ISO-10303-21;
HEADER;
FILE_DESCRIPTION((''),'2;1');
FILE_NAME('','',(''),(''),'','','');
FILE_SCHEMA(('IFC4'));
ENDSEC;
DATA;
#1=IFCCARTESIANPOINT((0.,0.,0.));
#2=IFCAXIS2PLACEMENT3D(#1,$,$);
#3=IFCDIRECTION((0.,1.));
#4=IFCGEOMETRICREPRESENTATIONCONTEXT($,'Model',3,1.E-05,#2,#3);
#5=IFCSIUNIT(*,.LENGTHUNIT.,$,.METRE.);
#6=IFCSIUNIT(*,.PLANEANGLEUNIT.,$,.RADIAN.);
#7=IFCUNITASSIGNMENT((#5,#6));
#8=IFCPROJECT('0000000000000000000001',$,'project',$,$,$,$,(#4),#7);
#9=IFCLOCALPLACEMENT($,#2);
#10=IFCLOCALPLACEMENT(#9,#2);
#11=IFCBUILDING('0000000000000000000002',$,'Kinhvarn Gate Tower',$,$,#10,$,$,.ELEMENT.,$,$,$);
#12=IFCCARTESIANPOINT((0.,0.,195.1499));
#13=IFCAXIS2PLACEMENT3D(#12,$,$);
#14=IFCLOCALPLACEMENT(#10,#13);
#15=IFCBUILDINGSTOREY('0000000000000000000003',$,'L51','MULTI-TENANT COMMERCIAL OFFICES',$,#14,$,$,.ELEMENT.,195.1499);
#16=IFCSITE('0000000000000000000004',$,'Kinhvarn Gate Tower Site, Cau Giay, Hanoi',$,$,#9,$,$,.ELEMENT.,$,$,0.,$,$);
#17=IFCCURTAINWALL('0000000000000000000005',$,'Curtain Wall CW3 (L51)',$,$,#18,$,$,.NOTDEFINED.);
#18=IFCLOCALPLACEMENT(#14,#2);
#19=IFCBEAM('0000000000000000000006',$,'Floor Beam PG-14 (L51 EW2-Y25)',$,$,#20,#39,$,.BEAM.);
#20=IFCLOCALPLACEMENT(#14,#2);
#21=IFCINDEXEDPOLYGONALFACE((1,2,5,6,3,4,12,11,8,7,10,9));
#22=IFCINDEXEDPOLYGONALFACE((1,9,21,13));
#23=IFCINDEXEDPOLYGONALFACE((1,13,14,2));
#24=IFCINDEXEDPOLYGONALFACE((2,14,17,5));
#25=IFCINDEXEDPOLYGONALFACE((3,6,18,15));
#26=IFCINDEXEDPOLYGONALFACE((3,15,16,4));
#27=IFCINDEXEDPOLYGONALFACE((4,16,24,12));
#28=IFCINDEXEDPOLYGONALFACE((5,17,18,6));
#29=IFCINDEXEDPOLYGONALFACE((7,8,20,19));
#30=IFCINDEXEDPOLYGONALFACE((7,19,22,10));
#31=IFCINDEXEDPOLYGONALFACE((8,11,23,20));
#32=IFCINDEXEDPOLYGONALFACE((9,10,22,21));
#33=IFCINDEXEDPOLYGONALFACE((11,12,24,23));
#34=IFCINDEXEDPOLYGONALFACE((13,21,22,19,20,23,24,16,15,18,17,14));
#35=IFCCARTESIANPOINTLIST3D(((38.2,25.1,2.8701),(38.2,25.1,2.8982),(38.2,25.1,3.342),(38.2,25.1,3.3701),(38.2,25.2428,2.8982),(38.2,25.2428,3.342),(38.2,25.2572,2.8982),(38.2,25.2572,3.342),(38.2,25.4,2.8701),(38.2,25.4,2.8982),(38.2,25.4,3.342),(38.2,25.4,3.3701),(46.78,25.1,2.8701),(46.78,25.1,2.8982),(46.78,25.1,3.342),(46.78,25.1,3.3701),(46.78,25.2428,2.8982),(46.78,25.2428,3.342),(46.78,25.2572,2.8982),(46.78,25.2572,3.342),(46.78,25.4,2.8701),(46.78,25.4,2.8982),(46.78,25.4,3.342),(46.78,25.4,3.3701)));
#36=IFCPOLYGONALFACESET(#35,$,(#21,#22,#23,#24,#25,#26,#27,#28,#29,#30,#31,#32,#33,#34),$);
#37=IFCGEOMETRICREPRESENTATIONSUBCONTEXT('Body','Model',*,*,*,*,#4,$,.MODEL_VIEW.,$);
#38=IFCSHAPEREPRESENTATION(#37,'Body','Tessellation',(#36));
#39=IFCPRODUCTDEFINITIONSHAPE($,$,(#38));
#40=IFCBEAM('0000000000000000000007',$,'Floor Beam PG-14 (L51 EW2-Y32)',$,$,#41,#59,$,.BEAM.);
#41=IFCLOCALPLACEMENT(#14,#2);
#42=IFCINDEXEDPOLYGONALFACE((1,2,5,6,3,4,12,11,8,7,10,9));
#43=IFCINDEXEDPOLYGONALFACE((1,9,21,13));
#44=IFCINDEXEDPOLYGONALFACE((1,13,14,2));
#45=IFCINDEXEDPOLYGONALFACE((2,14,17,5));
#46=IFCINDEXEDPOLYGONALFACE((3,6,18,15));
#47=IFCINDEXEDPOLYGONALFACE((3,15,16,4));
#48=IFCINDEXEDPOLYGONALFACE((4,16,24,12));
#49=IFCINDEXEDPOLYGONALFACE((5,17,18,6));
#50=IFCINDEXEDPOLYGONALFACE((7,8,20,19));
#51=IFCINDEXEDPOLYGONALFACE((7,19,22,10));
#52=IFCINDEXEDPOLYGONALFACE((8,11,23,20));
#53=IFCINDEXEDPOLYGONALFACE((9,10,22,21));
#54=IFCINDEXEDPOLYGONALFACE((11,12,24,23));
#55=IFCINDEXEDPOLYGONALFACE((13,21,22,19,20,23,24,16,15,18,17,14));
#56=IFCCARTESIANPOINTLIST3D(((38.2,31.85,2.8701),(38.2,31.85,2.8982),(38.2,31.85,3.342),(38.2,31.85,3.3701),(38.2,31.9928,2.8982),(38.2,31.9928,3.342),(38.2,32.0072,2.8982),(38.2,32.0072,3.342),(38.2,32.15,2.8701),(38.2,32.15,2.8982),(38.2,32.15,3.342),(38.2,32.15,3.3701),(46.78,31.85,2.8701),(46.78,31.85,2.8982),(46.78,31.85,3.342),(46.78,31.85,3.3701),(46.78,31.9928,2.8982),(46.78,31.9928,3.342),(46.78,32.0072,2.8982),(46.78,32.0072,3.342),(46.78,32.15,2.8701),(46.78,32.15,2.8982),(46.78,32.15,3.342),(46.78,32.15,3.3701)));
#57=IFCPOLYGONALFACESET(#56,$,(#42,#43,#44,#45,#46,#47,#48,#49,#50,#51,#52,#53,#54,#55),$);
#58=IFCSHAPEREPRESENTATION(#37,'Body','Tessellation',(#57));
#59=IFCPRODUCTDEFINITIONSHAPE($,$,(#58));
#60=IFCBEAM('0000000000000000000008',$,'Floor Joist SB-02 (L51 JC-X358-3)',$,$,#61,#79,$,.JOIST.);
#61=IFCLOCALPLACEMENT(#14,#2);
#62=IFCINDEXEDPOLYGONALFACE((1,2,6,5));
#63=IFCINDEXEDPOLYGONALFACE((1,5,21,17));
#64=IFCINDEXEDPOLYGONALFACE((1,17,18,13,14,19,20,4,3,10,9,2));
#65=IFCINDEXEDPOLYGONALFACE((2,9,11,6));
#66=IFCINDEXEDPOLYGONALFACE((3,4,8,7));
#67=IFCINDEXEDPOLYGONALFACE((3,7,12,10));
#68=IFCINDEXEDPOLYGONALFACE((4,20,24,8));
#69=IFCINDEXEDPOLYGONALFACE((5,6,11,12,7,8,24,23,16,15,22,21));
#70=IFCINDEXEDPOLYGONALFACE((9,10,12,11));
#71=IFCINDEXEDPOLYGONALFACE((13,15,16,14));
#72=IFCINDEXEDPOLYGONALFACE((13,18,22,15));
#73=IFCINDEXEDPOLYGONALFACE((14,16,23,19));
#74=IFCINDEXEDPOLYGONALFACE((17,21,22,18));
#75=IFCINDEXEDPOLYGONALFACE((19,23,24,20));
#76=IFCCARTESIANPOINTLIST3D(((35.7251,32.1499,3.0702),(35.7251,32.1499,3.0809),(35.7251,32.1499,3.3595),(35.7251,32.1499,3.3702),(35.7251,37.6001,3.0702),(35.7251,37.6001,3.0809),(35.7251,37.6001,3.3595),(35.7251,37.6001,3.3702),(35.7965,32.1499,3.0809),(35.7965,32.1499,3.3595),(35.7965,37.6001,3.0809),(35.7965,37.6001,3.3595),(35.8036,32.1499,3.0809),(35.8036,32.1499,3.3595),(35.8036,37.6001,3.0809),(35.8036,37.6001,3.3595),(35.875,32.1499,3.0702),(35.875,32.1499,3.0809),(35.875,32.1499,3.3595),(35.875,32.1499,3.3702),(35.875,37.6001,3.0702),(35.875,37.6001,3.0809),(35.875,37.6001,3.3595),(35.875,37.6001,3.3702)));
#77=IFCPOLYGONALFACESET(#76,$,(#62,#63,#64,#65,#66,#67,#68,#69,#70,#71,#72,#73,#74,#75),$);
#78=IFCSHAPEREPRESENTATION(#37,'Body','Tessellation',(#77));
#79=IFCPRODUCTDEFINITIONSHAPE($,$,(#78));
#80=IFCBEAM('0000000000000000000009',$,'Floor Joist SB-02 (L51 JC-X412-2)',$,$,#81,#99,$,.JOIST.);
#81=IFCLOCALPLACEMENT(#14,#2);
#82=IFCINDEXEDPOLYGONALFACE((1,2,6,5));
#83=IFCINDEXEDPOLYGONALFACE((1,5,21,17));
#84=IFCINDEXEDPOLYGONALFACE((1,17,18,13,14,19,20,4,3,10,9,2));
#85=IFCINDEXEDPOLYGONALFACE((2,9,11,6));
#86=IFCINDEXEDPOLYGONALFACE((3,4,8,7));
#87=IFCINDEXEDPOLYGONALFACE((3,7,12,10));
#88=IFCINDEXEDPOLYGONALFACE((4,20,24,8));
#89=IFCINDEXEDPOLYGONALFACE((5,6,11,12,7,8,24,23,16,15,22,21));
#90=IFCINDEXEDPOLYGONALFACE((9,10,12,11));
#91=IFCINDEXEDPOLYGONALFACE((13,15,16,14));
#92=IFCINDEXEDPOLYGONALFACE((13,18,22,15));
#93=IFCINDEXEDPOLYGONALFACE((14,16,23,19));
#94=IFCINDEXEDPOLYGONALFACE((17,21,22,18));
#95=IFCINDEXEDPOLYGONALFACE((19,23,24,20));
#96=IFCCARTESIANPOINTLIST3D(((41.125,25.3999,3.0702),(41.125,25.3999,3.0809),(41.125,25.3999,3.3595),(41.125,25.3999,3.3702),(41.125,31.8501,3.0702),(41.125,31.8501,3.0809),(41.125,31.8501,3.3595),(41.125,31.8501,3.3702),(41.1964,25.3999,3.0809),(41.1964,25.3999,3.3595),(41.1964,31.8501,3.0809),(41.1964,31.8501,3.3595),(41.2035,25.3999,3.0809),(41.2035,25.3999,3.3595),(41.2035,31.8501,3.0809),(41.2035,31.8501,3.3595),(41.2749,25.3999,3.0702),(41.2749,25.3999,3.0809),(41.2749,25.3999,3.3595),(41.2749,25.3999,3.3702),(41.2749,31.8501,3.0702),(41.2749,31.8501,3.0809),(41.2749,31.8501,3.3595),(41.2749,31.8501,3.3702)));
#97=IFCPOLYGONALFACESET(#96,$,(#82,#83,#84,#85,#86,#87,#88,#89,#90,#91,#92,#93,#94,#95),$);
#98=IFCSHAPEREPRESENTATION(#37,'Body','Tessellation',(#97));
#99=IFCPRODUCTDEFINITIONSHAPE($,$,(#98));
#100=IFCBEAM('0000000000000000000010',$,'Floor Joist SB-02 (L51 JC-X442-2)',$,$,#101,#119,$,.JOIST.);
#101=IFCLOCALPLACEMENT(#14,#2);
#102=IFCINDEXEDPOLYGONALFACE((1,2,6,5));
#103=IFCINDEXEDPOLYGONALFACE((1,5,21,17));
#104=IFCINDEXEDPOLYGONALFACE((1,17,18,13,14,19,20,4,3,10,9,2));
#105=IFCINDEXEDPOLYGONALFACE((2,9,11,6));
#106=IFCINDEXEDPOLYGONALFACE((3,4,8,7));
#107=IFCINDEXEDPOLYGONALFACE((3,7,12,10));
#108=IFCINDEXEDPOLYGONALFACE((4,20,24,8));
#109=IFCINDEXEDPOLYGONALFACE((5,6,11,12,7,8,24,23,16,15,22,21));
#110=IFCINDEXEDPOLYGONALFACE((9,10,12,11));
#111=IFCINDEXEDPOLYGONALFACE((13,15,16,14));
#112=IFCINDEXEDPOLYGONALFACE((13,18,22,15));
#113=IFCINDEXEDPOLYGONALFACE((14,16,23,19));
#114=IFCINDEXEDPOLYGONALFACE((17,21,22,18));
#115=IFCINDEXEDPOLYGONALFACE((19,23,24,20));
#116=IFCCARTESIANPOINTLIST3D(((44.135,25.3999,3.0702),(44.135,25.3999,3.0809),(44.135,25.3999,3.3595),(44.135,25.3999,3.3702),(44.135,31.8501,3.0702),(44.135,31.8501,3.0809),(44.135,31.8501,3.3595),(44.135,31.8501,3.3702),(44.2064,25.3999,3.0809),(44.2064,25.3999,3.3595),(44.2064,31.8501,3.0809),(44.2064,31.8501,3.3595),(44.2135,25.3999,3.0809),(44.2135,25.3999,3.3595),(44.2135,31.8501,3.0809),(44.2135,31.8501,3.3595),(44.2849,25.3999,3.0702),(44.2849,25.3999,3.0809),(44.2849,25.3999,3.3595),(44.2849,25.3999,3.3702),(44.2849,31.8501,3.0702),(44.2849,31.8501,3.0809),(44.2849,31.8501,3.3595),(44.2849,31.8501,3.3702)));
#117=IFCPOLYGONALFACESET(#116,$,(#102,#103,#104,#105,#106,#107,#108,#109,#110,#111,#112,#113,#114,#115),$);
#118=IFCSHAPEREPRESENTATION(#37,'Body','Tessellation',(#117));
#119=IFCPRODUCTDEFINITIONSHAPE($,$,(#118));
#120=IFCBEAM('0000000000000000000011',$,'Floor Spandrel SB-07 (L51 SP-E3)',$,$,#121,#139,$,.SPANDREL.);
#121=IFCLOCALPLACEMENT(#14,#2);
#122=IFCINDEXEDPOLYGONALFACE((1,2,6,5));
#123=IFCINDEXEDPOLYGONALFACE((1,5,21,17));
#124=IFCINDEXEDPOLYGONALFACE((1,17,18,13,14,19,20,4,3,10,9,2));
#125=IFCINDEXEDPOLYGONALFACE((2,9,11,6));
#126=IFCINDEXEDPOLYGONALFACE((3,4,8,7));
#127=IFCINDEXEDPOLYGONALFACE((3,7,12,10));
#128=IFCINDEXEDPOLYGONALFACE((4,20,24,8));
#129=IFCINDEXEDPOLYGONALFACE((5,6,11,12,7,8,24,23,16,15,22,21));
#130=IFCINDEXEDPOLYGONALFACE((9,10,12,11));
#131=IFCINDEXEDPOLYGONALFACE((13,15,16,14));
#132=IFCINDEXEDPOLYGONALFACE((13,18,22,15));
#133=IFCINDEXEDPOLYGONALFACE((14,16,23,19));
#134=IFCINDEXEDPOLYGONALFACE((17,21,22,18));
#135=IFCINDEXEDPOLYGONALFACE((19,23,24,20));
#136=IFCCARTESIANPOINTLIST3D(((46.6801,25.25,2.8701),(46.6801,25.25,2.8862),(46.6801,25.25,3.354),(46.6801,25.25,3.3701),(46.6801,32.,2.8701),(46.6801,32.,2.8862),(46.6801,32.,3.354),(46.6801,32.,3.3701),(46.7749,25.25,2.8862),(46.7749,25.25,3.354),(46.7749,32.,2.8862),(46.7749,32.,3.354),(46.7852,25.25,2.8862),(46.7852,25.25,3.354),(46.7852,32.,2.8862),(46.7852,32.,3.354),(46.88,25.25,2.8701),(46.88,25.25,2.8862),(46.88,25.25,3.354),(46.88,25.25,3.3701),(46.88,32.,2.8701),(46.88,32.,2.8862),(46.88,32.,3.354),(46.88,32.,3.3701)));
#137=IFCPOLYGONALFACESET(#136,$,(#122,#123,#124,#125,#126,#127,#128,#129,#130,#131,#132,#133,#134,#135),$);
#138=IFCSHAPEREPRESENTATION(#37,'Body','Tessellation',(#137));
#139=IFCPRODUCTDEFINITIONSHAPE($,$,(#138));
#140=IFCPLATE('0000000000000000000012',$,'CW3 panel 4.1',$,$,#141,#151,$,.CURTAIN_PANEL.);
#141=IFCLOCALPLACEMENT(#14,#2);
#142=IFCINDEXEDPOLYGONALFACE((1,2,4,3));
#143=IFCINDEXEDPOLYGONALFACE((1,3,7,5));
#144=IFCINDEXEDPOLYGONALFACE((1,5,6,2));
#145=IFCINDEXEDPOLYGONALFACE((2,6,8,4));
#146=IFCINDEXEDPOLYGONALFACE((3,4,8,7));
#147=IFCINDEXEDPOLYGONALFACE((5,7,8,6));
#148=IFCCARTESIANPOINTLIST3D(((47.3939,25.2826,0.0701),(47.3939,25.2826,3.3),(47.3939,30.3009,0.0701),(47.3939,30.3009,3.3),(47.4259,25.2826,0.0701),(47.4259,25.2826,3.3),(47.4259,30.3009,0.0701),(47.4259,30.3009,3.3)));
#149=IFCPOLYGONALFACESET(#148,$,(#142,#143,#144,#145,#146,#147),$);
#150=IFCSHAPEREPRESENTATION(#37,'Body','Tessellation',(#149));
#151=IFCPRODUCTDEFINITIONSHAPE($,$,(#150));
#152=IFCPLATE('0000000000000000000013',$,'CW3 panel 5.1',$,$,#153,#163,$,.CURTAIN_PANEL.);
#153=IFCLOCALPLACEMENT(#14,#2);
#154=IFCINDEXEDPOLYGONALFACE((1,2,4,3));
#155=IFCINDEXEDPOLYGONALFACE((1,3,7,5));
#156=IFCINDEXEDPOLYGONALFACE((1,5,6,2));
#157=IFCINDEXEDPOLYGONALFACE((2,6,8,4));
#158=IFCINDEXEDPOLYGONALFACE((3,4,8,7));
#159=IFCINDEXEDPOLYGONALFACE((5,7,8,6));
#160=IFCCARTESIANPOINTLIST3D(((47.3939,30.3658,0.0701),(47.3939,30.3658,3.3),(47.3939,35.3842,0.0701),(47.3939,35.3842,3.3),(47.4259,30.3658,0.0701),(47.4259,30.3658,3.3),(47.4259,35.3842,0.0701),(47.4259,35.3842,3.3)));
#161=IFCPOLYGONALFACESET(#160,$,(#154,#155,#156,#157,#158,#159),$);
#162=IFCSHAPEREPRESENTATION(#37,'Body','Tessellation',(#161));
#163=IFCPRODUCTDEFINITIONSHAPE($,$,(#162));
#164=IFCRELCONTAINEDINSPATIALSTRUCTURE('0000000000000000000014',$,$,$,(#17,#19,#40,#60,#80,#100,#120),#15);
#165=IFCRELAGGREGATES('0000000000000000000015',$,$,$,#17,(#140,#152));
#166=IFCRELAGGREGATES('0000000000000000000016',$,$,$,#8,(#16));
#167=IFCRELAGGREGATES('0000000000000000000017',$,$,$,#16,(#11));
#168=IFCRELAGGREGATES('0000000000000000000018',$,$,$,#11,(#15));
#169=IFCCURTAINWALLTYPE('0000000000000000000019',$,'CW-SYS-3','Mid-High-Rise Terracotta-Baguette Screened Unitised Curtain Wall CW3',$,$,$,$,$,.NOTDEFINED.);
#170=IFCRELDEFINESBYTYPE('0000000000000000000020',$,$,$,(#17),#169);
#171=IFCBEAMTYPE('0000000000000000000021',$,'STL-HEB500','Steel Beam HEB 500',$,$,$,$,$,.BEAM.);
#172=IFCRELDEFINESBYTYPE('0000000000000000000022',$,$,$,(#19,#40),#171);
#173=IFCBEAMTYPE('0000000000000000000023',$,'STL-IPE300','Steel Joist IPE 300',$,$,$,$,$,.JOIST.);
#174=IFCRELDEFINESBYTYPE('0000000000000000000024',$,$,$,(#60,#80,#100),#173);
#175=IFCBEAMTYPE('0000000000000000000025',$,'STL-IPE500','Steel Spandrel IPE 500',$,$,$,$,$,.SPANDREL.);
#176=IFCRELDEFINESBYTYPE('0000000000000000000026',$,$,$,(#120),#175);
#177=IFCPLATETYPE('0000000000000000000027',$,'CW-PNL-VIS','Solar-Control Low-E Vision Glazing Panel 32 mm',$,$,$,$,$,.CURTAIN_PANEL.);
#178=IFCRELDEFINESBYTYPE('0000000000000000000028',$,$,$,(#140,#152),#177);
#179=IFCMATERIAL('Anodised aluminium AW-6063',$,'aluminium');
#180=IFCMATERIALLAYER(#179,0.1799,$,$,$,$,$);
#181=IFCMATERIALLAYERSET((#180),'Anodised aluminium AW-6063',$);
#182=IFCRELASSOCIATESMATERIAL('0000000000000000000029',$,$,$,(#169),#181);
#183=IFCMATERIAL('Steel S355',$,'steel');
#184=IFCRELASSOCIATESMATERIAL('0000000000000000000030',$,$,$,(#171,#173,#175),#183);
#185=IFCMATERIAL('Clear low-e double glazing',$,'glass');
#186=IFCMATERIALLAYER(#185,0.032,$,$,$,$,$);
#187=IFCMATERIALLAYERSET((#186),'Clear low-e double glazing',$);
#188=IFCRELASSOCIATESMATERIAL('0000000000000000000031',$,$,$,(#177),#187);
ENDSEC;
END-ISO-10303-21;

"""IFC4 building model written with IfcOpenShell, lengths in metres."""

from ifc_helpers import new_model, si_unit, direction, frame, origin, origin_2d, place, context, subcontext, project, spatial, rectangle, i_section, extrude, material, layer, layer_set, material_profile, profile_set, type_object, element, aggregate, save


model = new_model("IFC4")

# Units and contexts
model_context = context("Model", 3, precision=1e-05, world=origin(), true_north=direction((0.0, 1.0)))
body_context = subcontext(model_context, "Body", "Model", "MODEL_VIEW")
ifc_project = project(units=[si_unit("LENGTHUNIT", "METRE"), si_unit("PLANEANGLEUNIT", "RADIAN")], contexts=[model_context])

# Site, building, storey
site_placement = place(None, origin())
site = spatial("IfcSite", under=ifc_project, at=site_placement, Name="Kinhvarn Gate Tower Site, Cau Giay, Hanoi", CompositionType="ELEMENT", RefElevation=0.0)
building_placement = place(site_placement, origin())
building = spatial("IfcBuilding", under=site, at=building_placement, Name="Kinhvarn Gate Tower", CompositionType="ELEMENT")
storey_placement = place(building_placement, frame((0.0, 0.0, 195.1499)))
storey = spatial("IfcBuildingStorey", under=building, at=storey_placement, Name="L51", Description="MULTI-TENANT COMMERCIAL OFFICES", CompositionType="ELEMENT", Elevation=195.1499)

# Curtain wall
ifc_material_1 = material(Name="Anodised aluminium AW-6063", Category="aluminium")
ifc_layer_1 = layer(ifc_material_1, 0.1799)
ifc_layer_set_1 = layer_set([ifc_layer_1], Name="Anodised aluminium AW-6063")
curtain_wall_type = type_object("IfcCurtainWallType", Name="CW-SYS-3", Description="Mid-High-Rise Terracotta-Baguette Screened Unitised Curtain Wall CW3", PredefinedType="NOTDEFINED", material=ifc_layer_set_1)
curtain_wall_placement = place(storey_placement, origin())
curtain_wall = element("IfcCurtainWall", 1, at=curtain_wall_placement, inside=storey, type_object=curtain_wall_type, Name="Curtain Wall CW3 (L51)", PredefinedType="NOTDEFINED")

# Beams
ifc_material_2 = material(Name="Steel S355", Category="steel")
ifc_material_profile_1 = material_profile(ifc_material_2, i_section(OverallWidth=0.3, OverallDepth=0.5, WebThickness=0.0144, FlangeThickness=0.0281, at=origin_2d()), Name="HEB 500")
ifc_profile_set_1 = profile_set([ifc_material_profile_1], Name="Steel S355")
beam_type_1 = type_object("IfcBeamType", Name="STL-HEB500", Description="Steel Beam HEB 500", PredefinedType="BEAM", material=ifc_profile_set_1)
for number, where, z_axis, x_axis, name in (
    (2, (38.2, 25.25, 3.1201), (1.0, 0.0, 0.0), (0.0, 1.0, 0.0), "Floor Beam PG-14 (L51 EW2-Y25)"),
    (3, (38.2, 32.0, 3.1201), (1.0, 0.0, 0.0), (0.0, 1.0, 0.0), "Floor Beam PG-14 (L51 EW2-Y32)"),
):
    element("IfcBeam", number, at=place(storey_placement, frame(where, z_axis=z_axis, x_axis=x_axis)), inside=storey, type_object=beam_type_1, Name=name, PredefinedType="BEAM", context=body_context, shape_type="SweptSolid", body=[
        extrude(i_section(OverallWidth=0.3, OverallDepth=0.5, WebThickness=0.0144, FlangeThickness=0.0281, at=origin_2d()), origin(), (0.0, 0.0, 1.0), 8.5801),
    ])
ifc_material_profile_2 = material_profile(ifc_material_2, i_section(OverallWidth=0.1499, OverallDepth=0.3, WebThickness=0.0071, FlangeThickness=0.0107, at=origin_2d()), Name="IPE 300")
ifc_profile_set_2 = profile_set([ifc_material_profile_2], Name="Steel S355")
beam_type_2 = type_object("IfcBeamType", Name="STL-IPE300", Description="Steel Joist IPE 300", PredefinedType="JOIST", material=ifc_profile_set_2)
beam_1_placement = place(storey_placement, frame((35.8, 32.1499, 3.2202), z_axis=(0.0, 1.0, 0.0), x_axis=(-1.0, 0.0, 0.0)))
element("IfcBeam", 4, at=beam_1_placement, inside=storey, type_object=beam_type_2, Name="Floor Joist SB-02 (L51 JC-X358-3)", PredefinedType="JOIST", context=body_context, shape_type="SweptSolid", body=[
    extrude(i_section(OverallWidth=0.1499, OverallDepth=0.3, WebThickness=0.0071, FlangeThickness=0.0107, at=origin_2d()), origin(), (0.0, 0.0, 1.0), 5.4502),
])
for number, where, z_axis, x_axis, name in (
    (5, (41.2, 25.3999, 3.2202), (0.0, 1.0, 0.0), (-1.0, 0.0, 0.0), "Floor Joist SB-02 (L51 JC-X412-2)"),
    (6, (44.21, 25.3999, 3.2202), (0.0, 1.0, 0.0), (-1.0, 0.0, 0.0), "Floor Joist SB-02 (L51 JC-X442-2)"),
):
    element("IfcBeam", number, at=place(storey_placement, frame(where, z_axis=z_axis, x_axis=x_axis)), inside=storey, type_object=beam_type_2, Name=name, PredefinedType="JOIST", context=body_context, shape_type="SweptSolid", body=[
        extrude(i_section(OverallWidth=0.1499, OverallDepth=0.3, WebThickness=0.0071, FlangeThickness=0.0107, at=origin_2d()), origin(), (0.0, 0.0, 1.0), 6.4502),
    ])
ifc_material_profile_3 = material_profile(ifc_material_2, i_section(OverallWidth=0.2, OverallDepth=0.5, WebThickness=0.0103, FlangeThickness=0.0161, at=origin_2d()), Name="IPE 500")
ifc_profile_set_3 = profile_set([ifc_material_profile_3], Name="Steel S355")
beam_type_3 = type_object("IfcBeamType", Name="STL-IPE500", Description="Steel Spandrel IPE 500", PredefinedType="SPANDREL", material=ifc_profile_set_3)
beam_2_placement = place(storey_placement, frame((46.78, 25.25, 3.1201), z_axis=(0.0, 1.0, 0.0), x_axis=(-1.0, 0.0, 0.0)))
element("IfcBeam", 7, at=beam_2_placement, inside=storey, type_object=beam_type_3, Name="Floor Spandrel SB-07 (L51 SP-E3)", PredefinedType="SPANDREL", context=body_context, shape_type="SweptSolid", body=[
    extrude(i_section(OverallWidth=0.2, OverallDepth=0.5, WebThickness=0.0103, FlangeThickness=0.0161, at=origin_2d()), origin(), (0.0, 0.0, 1.0), 6.75),
])

# Plates
ifc_material_3 = material(Name="Clear low-e double glazing", Category="glass")
ifc_layer_2 = layer(ifc_material_3, 0.032)
ifc_layer_set_2 = layer_set([ifc_layer_2], Name="Clear low-e double glazing")
plate_type = type_object("IfcPlateType", Name="CW-PNL-VIS", Description="Solar-Control Low-E Vision Glazing Panel 32 mm", PredefinedType="CURTAIN_PANEL", material=ifc_layer_set_2)
plate_1_placement = place(storey_placement, frame((47.4099, 27.7917, 0.0701), z_axis=(0.0, 0.0, 1.0), x_axis=(0.0, 1.0, 0.0)))
plate_1 = element("IfcPlate", 8, at=plate_1_placement, type_object=plate_type, Name="CW3 panel 4.1", PredefinedType="CURTAIN_PANEL", context=body_context, shape_type="SweptSolid", body=[
    extrude(rectangle(XDim=5.0183, YDim=0.032, at=origin_2d()), origin(), (0.0, 0.0, 1.0), 3.23),
])
plate_2_placement = place(storey_placement, frame((47.4099, 32.875, 0.0701), z_axis=(0.0, 0.0, 1.0), x_axis=(0.0, 1.0, 0.0)))
plate_2 = element("IfcPlate", 9, at=plate_2_placement, type_object=plate_type, Name="CW3 panel 5.1", PredefinedType="CURTAIN_PANEL", context=body_context, shape_type="SweptSolid", body=[
    extrude(rectangle(XDim=5.0183, YDim=0.032, at=origin_2d()), origin(), (0.0, 0.0, 1.0), 3.23),
])
aggregate(curtain_wall, [plate_1, plate_2])

save(model, "model.ifc")
